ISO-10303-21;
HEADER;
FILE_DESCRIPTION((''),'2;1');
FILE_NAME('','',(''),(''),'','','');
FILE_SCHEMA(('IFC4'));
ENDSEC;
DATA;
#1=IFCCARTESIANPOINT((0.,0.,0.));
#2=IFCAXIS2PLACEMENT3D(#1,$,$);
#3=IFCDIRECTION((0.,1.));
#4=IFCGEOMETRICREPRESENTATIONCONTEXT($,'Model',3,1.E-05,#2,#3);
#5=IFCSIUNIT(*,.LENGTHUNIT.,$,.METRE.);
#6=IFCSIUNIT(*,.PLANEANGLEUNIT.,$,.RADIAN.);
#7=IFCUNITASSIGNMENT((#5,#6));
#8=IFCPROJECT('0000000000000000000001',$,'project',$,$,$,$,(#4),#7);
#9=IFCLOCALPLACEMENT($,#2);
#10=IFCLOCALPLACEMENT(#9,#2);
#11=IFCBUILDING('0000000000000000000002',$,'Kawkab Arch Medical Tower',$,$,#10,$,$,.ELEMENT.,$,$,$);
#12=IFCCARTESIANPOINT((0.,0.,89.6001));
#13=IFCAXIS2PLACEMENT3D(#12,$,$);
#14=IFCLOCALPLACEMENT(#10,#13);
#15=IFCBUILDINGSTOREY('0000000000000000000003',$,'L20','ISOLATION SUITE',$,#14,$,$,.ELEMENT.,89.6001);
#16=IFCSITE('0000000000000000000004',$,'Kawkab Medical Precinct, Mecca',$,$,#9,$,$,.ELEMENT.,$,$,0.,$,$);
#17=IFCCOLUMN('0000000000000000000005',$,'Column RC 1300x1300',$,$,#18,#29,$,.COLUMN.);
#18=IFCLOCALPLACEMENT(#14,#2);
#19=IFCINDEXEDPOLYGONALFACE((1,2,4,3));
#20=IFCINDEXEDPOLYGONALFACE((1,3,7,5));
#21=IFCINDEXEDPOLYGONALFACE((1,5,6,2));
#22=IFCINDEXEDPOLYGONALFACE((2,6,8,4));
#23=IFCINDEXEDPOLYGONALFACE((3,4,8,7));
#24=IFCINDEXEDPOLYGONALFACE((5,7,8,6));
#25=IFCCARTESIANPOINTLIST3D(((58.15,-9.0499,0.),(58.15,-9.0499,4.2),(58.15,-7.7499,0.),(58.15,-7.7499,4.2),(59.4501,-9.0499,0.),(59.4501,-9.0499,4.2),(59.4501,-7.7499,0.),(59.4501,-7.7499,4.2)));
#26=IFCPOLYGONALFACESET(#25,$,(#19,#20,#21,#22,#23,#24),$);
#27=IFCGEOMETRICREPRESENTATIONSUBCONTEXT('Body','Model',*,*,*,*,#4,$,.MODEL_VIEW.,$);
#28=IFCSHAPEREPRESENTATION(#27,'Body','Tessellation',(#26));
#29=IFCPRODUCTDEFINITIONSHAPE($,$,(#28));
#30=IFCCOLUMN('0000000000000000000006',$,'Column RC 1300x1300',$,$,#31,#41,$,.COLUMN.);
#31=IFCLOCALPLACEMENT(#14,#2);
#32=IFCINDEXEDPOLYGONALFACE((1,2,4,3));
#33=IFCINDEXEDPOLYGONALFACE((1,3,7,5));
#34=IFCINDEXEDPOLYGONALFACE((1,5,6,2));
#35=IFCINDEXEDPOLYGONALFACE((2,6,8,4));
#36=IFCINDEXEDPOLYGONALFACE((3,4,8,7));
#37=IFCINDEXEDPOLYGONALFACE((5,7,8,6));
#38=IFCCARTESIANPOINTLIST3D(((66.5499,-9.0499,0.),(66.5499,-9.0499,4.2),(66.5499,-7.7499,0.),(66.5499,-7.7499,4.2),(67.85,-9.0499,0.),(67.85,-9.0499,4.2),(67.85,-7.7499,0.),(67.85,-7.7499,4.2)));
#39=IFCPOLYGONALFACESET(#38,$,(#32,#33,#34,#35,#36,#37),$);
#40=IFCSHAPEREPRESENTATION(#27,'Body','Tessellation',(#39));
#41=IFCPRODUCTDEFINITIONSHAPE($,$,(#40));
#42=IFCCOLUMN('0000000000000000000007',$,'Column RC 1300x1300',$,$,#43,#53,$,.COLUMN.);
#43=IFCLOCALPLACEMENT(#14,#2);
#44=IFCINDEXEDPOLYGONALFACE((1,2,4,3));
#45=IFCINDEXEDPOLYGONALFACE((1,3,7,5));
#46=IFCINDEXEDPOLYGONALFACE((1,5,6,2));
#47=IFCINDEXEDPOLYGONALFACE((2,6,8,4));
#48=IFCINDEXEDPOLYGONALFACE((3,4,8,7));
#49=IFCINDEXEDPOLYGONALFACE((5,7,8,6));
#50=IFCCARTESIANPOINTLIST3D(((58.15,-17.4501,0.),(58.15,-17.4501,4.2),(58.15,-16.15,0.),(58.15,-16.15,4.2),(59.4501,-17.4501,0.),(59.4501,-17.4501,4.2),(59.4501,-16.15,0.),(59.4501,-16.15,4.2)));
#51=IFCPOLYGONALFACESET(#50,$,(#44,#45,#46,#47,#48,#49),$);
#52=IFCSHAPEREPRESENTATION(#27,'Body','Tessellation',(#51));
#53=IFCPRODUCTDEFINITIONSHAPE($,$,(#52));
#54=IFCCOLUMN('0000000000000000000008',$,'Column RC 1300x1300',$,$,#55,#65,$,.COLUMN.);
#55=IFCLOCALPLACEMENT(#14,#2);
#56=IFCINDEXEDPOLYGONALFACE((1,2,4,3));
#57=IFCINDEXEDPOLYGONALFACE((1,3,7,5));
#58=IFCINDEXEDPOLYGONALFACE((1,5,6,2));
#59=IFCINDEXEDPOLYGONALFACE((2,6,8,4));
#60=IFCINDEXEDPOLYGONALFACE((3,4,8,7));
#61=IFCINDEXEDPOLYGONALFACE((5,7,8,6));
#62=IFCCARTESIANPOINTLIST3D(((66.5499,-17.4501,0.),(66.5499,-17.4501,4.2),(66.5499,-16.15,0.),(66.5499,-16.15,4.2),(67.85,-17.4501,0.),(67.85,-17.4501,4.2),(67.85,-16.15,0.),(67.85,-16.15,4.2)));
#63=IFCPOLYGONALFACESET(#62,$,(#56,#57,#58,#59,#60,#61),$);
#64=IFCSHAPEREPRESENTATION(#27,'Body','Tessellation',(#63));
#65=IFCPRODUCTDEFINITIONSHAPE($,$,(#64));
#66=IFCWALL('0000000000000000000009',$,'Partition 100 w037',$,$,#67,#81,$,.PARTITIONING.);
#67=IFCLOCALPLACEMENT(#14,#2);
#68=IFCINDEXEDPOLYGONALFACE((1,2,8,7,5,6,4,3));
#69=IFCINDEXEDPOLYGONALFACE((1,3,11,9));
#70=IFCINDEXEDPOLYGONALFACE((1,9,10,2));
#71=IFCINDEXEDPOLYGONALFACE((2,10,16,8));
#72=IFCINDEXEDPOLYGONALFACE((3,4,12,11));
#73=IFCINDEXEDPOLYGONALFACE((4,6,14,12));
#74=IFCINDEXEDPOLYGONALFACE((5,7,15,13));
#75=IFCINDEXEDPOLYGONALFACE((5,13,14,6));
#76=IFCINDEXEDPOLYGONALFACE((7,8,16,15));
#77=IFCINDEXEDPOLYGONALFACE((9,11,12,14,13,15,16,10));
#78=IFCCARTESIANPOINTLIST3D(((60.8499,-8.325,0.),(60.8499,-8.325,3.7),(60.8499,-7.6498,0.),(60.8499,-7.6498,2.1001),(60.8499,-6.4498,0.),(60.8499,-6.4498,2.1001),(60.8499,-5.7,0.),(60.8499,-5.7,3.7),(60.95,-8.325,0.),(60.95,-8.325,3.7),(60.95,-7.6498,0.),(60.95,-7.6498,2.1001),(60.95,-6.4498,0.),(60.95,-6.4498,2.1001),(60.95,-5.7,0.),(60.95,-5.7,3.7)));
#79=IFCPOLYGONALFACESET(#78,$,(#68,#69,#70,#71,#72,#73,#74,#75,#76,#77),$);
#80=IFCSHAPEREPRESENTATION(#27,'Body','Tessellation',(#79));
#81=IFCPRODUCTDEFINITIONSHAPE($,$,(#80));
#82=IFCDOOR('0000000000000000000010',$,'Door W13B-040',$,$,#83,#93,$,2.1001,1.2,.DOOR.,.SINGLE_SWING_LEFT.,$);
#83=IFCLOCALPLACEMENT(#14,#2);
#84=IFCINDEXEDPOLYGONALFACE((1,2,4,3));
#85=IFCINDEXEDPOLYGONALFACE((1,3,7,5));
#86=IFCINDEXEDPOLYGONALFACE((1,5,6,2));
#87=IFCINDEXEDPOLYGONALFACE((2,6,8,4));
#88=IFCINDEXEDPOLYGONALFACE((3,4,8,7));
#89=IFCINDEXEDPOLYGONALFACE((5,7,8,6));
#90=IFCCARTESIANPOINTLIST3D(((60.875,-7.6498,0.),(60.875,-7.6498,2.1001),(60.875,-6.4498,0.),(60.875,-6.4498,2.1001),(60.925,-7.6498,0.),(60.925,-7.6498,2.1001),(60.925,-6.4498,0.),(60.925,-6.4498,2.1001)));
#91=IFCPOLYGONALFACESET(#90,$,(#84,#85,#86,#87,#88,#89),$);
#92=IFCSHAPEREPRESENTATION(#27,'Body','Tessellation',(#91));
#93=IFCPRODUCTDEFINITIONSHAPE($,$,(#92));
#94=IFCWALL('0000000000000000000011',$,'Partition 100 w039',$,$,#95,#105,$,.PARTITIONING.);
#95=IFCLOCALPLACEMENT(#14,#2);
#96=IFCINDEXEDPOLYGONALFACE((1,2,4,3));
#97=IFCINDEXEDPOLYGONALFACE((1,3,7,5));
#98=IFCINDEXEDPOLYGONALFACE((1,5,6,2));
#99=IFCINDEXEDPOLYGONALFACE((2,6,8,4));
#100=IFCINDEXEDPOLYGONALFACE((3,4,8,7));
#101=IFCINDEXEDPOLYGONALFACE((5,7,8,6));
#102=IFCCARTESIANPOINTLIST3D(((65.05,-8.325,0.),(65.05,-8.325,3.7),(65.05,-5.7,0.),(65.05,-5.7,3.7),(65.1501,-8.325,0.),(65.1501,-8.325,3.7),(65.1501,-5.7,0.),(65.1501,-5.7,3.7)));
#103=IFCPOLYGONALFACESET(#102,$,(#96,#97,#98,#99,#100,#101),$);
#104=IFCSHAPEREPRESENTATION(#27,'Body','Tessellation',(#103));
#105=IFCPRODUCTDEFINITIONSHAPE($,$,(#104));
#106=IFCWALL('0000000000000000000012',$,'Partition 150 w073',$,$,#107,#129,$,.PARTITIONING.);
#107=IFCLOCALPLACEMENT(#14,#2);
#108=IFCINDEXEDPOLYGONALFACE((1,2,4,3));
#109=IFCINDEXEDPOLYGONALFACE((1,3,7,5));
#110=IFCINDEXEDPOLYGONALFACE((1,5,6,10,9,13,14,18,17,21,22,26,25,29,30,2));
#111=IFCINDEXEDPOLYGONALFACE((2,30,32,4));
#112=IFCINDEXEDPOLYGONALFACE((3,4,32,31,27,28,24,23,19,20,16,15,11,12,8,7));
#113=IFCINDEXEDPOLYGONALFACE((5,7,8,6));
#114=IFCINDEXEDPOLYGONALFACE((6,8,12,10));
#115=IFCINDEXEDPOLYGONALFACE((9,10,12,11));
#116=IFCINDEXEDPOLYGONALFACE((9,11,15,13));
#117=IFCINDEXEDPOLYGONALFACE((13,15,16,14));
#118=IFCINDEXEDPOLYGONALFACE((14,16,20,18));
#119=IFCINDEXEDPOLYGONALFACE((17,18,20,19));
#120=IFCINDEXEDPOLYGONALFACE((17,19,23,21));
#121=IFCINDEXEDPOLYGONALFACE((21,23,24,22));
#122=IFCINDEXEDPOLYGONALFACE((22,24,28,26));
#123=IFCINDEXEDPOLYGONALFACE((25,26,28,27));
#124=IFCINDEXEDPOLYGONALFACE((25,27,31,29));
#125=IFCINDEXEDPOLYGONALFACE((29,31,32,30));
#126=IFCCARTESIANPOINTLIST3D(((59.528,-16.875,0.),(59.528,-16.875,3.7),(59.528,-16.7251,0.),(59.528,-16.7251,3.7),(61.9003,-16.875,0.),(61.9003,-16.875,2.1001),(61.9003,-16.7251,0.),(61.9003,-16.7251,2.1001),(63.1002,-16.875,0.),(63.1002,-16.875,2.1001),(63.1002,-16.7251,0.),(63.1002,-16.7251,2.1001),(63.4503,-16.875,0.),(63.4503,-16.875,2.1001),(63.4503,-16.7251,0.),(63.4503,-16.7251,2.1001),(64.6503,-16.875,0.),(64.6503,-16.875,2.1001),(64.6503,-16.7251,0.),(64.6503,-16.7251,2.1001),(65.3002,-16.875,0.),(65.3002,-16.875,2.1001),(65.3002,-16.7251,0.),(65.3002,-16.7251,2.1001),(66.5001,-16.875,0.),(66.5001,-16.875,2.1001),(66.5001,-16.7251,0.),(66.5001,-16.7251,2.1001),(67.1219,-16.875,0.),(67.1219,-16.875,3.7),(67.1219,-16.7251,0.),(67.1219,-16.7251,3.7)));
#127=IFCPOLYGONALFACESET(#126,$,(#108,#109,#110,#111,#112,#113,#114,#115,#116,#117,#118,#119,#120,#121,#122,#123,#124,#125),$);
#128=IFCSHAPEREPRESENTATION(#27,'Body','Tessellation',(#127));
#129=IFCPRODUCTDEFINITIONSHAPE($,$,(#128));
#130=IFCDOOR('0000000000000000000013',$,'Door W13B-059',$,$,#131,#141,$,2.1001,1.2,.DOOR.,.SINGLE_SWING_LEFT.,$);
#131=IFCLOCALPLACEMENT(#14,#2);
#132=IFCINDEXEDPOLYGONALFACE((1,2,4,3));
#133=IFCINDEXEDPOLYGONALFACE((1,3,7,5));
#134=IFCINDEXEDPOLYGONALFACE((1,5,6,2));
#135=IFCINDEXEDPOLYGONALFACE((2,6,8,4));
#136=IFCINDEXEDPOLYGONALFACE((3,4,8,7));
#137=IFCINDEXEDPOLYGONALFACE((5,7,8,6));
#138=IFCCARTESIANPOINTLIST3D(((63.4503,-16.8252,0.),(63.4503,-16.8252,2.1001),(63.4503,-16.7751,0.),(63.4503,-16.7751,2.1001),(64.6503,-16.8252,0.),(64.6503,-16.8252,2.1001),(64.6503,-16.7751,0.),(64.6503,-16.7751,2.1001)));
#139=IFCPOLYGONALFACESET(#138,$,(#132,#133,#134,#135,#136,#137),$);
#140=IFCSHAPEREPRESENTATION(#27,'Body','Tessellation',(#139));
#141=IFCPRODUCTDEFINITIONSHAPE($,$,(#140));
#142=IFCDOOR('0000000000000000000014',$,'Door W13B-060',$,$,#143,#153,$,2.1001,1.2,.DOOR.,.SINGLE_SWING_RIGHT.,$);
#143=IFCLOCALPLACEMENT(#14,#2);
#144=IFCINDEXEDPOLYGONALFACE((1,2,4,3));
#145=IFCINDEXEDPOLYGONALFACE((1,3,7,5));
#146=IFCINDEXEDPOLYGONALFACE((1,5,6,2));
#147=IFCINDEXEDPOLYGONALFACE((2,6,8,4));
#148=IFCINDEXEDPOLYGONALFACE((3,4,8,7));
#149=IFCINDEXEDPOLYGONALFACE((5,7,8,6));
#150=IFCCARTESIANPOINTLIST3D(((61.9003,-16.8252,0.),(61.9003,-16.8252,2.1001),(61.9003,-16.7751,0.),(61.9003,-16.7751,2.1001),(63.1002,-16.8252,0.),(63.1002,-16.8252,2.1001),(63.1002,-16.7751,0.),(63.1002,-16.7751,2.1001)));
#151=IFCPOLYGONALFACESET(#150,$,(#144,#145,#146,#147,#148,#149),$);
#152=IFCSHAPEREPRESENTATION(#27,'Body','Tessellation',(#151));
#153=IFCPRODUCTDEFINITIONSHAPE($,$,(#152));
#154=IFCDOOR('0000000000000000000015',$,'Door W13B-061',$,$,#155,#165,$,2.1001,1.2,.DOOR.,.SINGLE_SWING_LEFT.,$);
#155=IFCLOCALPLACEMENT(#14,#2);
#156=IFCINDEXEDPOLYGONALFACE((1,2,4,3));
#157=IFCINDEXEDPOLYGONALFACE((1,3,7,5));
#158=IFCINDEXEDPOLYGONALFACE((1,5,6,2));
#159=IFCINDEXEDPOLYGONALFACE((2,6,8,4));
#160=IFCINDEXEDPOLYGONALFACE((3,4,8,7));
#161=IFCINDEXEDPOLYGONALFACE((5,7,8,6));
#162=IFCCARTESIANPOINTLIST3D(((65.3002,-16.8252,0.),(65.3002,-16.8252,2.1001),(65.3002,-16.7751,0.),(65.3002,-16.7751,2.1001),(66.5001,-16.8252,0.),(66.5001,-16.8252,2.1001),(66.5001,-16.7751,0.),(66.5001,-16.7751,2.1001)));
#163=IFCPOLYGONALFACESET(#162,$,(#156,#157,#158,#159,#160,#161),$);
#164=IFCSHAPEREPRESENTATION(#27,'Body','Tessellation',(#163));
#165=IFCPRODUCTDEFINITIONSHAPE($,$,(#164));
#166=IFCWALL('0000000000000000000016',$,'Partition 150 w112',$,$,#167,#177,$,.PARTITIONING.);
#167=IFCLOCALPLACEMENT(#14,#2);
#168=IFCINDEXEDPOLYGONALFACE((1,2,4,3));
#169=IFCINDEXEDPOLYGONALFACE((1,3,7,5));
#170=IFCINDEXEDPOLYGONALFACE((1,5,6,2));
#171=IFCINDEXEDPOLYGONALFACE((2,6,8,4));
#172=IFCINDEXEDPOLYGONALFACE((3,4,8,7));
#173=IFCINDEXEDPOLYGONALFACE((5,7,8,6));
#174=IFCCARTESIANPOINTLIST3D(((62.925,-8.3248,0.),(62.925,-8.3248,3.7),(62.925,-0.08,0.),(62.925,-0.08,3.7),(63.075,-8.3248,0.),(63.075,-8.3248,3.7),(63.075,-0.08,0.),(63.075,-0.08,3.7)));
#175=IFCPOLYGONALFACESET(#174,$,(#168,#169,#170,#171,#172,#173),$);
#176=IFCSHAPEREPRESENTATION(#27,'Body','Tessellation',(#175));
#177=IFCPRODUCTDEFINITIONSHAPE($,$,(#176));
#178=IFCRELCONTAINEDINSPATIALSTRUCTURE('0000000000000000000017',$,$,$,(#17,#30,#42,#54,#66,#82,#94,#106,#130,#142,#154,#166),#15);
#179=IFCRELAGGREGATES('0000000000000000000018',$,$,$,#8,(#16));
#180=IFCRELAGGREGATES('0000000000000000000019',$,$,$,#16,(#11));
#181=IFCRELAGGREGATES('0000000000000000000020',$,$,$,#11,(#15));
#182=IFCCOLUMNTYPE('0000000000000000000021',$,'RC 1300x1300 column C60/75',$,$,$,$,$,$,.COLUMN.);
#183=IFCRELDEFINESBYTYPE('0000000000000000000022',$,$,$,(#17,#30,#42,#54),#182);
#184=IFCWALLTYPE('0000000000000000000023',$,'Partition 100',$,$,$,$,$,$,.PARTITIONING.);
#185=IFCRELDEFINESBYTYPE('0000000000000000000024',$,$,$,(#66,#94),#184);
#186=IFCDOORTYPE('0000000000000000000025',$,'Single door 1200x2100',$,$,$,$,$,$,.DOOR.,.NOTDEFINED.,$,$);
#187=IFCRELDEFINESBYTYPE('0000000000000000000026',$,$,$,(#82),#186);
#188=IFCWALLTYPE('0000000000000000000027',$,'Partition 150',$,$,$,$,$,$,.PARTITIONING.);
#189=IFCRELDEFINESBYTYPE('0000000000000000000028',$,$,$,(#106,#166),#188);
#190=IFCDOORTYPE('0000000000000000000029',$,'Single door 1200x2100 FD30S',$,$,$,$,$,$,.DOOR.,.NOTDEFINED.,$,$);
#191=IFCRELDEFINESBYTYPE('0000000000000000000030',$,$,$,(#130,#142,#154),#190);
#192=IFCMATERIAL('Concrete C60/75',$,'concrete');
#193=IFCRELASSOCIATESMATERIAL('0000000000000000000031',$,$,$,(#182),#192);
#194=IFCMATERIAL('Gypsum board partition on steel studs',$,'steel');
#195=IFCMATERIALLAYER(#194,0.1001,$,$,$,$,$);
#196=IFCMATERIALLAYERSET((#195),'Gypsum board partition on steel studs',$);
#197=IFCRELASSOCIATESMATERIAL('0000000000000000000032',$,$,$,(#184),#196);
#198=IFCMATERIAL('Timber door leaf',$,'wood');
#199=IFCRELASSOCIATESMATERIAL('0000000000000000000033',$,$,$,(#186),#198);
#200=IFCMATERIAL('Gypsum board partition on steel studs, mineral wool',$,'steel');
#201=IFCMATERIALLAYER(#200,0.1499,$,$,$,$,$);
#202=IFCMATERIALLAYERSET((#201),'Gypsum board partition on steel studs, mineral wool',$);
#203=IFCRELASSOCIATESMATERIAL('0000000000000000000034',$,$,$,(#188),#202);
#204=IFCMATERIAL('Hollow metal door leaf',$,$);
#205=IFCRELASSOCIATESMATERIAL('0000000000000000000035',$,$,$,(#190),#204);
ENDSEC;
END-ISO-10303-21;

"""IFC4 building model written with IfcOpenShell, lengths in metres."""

from ifc_helpers import new_model, si_unit, direction, frame, frame_2d, origin, origin_2d, place, context, subcontext, project, spatial, rectangle, extrude, material, layer, layer_set, material_profile, profile_set, type_object, element, fill, save


model = new_model("IFC4")

# Units and contexts
model_context = context("Model", 3, precision=1e-05, world=origin(), true_north=direction((0.0, 1.0)))
body_context = subcontext(model_context, "Body", "Model", "MODEL_VIEW")
ifc_project = project(units=[si_unit("LENGTHUNIT", "METRE"), si_unit("PLANEANGLEUNIT", "RADIAN")], contexts=[model_context])

# Site, building, storey
site_placement = place(None, origin())
site = spatial("IfcSite", under=ifc_project, at=site_placement, Name="Kawkab Medical Precinct, Mecca", CompositionType="ELEMENT", RefElevation=0.0)
building_placement = place(site_placement, origin())
building = spatial("IfcBuilding", under=site, at=building_placement, Name="Kawkab Arch Medical Tower", CompositionType="ELEMENT")
storey_placement = place(building_placement, frame((0.0, 0.0, 89.6001)))
storey = spatial("IfcBuildingStorey", under=building, at=storey_placement, Name="L20", Description="ISOLATION SUITE", CompositionType="ELEMENT", Elevation=89.6001)

# Columns
ifc_material_1 = material(Name="Concrete C60/75", Category="concrete")
ifc_material_profile = material_profile(ifc_material_1, rectangle(XDim=1.3, YDim=1.3, at=origin_2d()), Name="RC 1300x1300")
ifc_profile_set = profile_set([ifc_material_profile], Name="Concrete C60/75")
column_type = type_object("IfcColumnType", Name="RC 1300x1300 column C60/75", PredefinedType="COLUMN", material=ifc_profile_set)
for number, where, z_axis, x_axis, name in (
    (1, (58.8, -8.3999, 0.0), (0.0, 0.0, 1.0), (1.0, 0.0, 0.0), "Column RC 1300x1300"),
    (2, (67.2, -8.3999, 0.0), (0.0, 0.0, 1.0), (1.0, 0.0, 0.0), "Column RC 1300x1300"),
    (3, (58.8, -16.8, 0.0), (0.0, 0.0, 1.0), (1.0, 0.0, 0.0), "Column RC 1300x1300"),
    (4, (67.2, -16.8, 0.0), (0.0, 0.0, 1.0), (1.0, 0.0, 0.0), "Column RC 1300x1300"),
):
    element("IfcColumn", number, at=place(storey_placement, frame(where, z_axis=z_axis, x_axis=x_axis)), inside=storey, type_object=column_type, Name=name, PredefinedType="COLUMN", context=body_context, shape_type="SweptSolid", body=[
        extrude(rectangle(XDim=1.3, YDim=1.3, at=origin_2d()), origin(), (0.0, 0.0, 1.0), 4.2),
    ])

# Wall, opening, door
ifc_material_2 = material(Name="Gypsum board partition on steel studs", Category="steel")
ifc_layer_1 = layer(ifc_material_2, 0.1001)
ifc_layer_set_1 = layer_set([ifc_layer_1], Name="Gypsum board partition on steel studs")
wall_type_1 = type_object("IfcWallType", Name="Partition 100", PredefinedType="PARTITIONING", material=ifc_layer_set_1)
wall_1_placement = place(storey_placement, frame((60.8999, -8.325, 0.0), z_axis=(0.0, 0.0, 1.0), x_axis=(0.0, 1.0, 0.0)))
wall_1 = element("IfcWall", 5, at=wall_1_placement, inside=storey, type_object=wall_type_1, Name="Partition 100 w037", PredefinedType="PARTITIONING", context=body_context, shape_type="SweptSolid", body=[
    extrude(rectangle(XDim=2.625, YDim=0.1001, at=frame_2d((1.3125, 0.0))), origin(), (0.0, 0.0, 1.0), 3.7),
])
opening_1_placement = place(wall_1_placement, frame((0.675, 0.0, 0.0)))
opening_1 = element("IfcOpeningElement", 6, at=opening_1_placement, cuts=wall_1, PredefinedType="OPENING", context=body_context, shape_type="SweptSolid", body=[
    extrude(rectangle(XDim=1.2, YDim=2.1001, at=frame_2d((0.6001, 1.05))), frame((0.0, 0.0601, 0.0), z_axis=(0.0, -1.0, 0.0), x_axis=(1.0, 0.0, 0.0)), (0.0, 0.0, 1.0), 0.1201),
])
ifc_material_3 = material(Name="Timber door leaf", Category="wood")
door_type_1 = type_object("IfcDoorType", Name="Single door 1200x2100", OperationType="NOTDEFINED", PredefinedType="DOOR", material=ifc_material_3)
door_1_placement = place(opening_1_placement, origin())
door_1 = element("IfcDoor", 7, at=door_1_placement, inside=storey, type_object=door_type_1, Name="Door W13B-040", OperationType="SINGLE_SWING_LEFT", OverallHeight=2.1001, OverallWidth=1.2, PredefinedType="DOOR", context=body_context, shape_type="SweptSolid", body=[
    extrude(rectangle(XDim=1.2, YDim=2.1001, at=frame_2d((0.6001, 1.05))), frame((0.0, 0.0249, 0.0), z_axis=(0.0, -1.0, 0.0), x_axis=(1.0, 0.0, 0.0)), (0.0, 0.0, 1.0), 0.05),
])
fill(opening_1, door_1)

# Wall
wall_2_placement = place(storey_placement, frame((65.1001, -8.325, 0.0), z_axis=(0.0, 0.0, 1.0), x_axis=(0.0, 1.0, 0.0)))
element("IfcWall", 8, at=wall_2_placement, inside=storey, type_object=wall_type_1, Name="Partition 100 w039", PredefinedType="PARTITIONING", context=body_context, shape_type="SweptSolid", body=[
    extrude(rectangle(XDim=2.625, YDim=0.1001, at=frame_2d((1.3125, 0.0))), origin(), (0.0, 0.0, 1.0), 3.7),
])

# Wall, openings, doors
ifc_material_4 = material(Name="Gypsum board partition on steel studs, mineral wool", Category="steel")
ifc_layer_2 = layer(ifc_material_4, 0.1499)
ifc_layer_set_2 = layer_set([ifc_layer_2], Name="Gypsum board partition on steel studs, mineral wool")
wall_type_2 = type_object("IfcWallType", Name="Partition 150", PredefinedType="PARTITIONING", material=ifc_layer_set_2)
wall_3_placement = place(storey_placement, frame((59.5281, -16.8, 0.0), z_axis=(0.0, 0.0, 1.0), x_axis=(1.0, 0.0, 0.0)))
wall_3 = element("IfcWall", 9, at=wall_3_placement, inside=storey, type_object=wall_type_2, Name="Partition 150 w073", PredefinedType="PARTITIONING", context=body_context, shape_type="SweptSolid", body=[
    extrude(rectangle(XDim=7.594, YDim=0.1499, at=frame_2d((3.7969, 0.0))), origin(), (0.0, 0.0, 1.0), 3.7),
])
opening_2_placement = place(wall_3_placement, frame((3.9221, 0.0, 0.0)))
opening_2 = element("IfcOpeningElement", 10, at=opening_2_placement, cuts=wall_3, PredefinedType="OPENING", context=body_context, shape_type="SweptSolid", body=[
    extrude(rectangle(XDim=1.2, YDim=2.1001, at=frame_2d((0.6001, 1.05))), frame((0.0, 0.085, 0.0), z_axis=(0.0, -1.0, 0.0), x_axis=(1.0, 0.0, 0.0)), (0.0, 0.0, 1.0), 0.1699),
])
opening_3_placement = place(wall_3_placement, frame((2.3721, 0.0, 0.0)))
opening_3 = element("IfcOpeningElement", 11, at=opening_3_placement, cuts=wall_3, PredefinedType="OPENING", context=body_context, shape_type="SweptSolid", body=[
    extrude(rectangle(XDim=1.2, YDim=2.1001, at=frame_2d((0.6001, 1.05))), frame((0.0, 0.085, 0.0), z_axis=(0.0, -1.0, 0.0), x_axis=(1.0, 0.0, 0.0)), (0.0, 0.0, 1.0), 0.1699),
])
opening_4_placement = place(wall_3_placement, frame((5.772, 0.0, 0.0)))
opening_4 = element("IfcOpeningElement", 12, at=opening_4_placement, cuts=wall_3, PredefinedType="OPENING", context=body_context, shape_type="SweptSolid", body=[
    extrude(rectangle(XDim=1.2, YDim=2.1001, at=frame_2d((0.6001, 1.05))), frame((0.0, 0.085, 0.0), z_axis=(0.0, -1.0, 0.0), x_axis=(1.0, 0.0, 0.0)), (0.0, 0.0, 1.0), 0.1699),
])
ifc_material_5 = material(Name="Hollow metal door leaf")
door_type_2 = type_object("IfcDoorType", Name="Single door 1200x2100 FD30S", OperationType="NOTDEFINED", PredefinedType="DOOR", material=ifc_material_5)
door_2_placement = place(opening_2_placement, origin())
door_2 = element("IfcDoor", 13, at=door_2_placement, inside=storey, type_object=door_type_2, Name="Door W13B-059", OperationType="SINGLE_SWING_LEFT", OverallHeight=2.1001, OverallWidth=1.2, PredefinedType="DOOR", context=body_context, shape_type="SweptSolid", body=[
    extrude(rectangle(XDim=1.2, YDim=2.1001, at=frame_2d((0.6001, 1.05))), frame((0.0, 0.0249, 0.0), z_axis=(0.0, -1.0, 0.0), x_axis=(1.0, 0.0, 0.0)), (0.0, 0.0, 1.0), 0.05),
])
fill(opening_2, door_2)
door_3_placement = place(opening_3_placement, origin())
door_3 = element("IfcDoor", 14, at=door_3_placement, inside=storey, type_object=door_type_2, Name="Door W13B-060", OperationType="SINGLE_SWING_RIGHT", OverallHeight=2.1001, OverallWidth=1.2, PredefinedType="DOOR", context=body_context, shape_type="SweptSolid", body=[
    extrude(rectangle(XDim=1.2, YDim=2.1001, at=frame_2d((0.6001, 1.05))), frame((0.0, 0.0249, 0.0), z_axis=(0.0, -1.0, 0.0), x_axis=(1.0, 0.0, 0.0)), (0.0, 0.0, 1.0), 0.05),
])
fill(opening_3, door_3)
door_4_placement = place(opening_4_placement, origin())
door_4 = element("IfcDoor", 15, at=door_4_placement, inside=storey, type_object=door_type_2, Name="Door W13B-061", OperationType="SINGLE_SWING_LEFT", OverallHeight=2.1001, OverallWidth=1.2, PredefinedType="DOOR", context=body_context, shape_type="SweptSolid", body=[
    extrude(rectangle(XDim=1.2, YDim=2.1001, at=frame_2d((0.6001, 1.05))), frame((0.0, 0.0249, 0.0), z_axis=(0.0, -1.0, 0.0), x_axis=(1.0, 0.0, 0.0)), (0.0, 0.0, 1.0), 0.05),
])
fill(opening_4, door_4)

# Wall
wall_4_placement = place(storey_placement, frame((63.0, -8.325, 0.0), z_axis=(0.0, 0.0, 1.0), x_axis=(0.0, 1.0, 0.0)))
element("IfcWall", 16, at=wall_4_placement, inside=storey, type_object=wall_type_2, Name="Partition 150 w112", PredefinedType="PARTITIONING", context=body_context, shape_type="SweptSolid", body=[
    extrude(rectangle(XDim=8.2449, YDim=0.1499, at=frame_2d((4.1226, 0.0))), origin(), (0.0, 0.0, 1.0), 3.7),
])

save(model, "model.ifc")
